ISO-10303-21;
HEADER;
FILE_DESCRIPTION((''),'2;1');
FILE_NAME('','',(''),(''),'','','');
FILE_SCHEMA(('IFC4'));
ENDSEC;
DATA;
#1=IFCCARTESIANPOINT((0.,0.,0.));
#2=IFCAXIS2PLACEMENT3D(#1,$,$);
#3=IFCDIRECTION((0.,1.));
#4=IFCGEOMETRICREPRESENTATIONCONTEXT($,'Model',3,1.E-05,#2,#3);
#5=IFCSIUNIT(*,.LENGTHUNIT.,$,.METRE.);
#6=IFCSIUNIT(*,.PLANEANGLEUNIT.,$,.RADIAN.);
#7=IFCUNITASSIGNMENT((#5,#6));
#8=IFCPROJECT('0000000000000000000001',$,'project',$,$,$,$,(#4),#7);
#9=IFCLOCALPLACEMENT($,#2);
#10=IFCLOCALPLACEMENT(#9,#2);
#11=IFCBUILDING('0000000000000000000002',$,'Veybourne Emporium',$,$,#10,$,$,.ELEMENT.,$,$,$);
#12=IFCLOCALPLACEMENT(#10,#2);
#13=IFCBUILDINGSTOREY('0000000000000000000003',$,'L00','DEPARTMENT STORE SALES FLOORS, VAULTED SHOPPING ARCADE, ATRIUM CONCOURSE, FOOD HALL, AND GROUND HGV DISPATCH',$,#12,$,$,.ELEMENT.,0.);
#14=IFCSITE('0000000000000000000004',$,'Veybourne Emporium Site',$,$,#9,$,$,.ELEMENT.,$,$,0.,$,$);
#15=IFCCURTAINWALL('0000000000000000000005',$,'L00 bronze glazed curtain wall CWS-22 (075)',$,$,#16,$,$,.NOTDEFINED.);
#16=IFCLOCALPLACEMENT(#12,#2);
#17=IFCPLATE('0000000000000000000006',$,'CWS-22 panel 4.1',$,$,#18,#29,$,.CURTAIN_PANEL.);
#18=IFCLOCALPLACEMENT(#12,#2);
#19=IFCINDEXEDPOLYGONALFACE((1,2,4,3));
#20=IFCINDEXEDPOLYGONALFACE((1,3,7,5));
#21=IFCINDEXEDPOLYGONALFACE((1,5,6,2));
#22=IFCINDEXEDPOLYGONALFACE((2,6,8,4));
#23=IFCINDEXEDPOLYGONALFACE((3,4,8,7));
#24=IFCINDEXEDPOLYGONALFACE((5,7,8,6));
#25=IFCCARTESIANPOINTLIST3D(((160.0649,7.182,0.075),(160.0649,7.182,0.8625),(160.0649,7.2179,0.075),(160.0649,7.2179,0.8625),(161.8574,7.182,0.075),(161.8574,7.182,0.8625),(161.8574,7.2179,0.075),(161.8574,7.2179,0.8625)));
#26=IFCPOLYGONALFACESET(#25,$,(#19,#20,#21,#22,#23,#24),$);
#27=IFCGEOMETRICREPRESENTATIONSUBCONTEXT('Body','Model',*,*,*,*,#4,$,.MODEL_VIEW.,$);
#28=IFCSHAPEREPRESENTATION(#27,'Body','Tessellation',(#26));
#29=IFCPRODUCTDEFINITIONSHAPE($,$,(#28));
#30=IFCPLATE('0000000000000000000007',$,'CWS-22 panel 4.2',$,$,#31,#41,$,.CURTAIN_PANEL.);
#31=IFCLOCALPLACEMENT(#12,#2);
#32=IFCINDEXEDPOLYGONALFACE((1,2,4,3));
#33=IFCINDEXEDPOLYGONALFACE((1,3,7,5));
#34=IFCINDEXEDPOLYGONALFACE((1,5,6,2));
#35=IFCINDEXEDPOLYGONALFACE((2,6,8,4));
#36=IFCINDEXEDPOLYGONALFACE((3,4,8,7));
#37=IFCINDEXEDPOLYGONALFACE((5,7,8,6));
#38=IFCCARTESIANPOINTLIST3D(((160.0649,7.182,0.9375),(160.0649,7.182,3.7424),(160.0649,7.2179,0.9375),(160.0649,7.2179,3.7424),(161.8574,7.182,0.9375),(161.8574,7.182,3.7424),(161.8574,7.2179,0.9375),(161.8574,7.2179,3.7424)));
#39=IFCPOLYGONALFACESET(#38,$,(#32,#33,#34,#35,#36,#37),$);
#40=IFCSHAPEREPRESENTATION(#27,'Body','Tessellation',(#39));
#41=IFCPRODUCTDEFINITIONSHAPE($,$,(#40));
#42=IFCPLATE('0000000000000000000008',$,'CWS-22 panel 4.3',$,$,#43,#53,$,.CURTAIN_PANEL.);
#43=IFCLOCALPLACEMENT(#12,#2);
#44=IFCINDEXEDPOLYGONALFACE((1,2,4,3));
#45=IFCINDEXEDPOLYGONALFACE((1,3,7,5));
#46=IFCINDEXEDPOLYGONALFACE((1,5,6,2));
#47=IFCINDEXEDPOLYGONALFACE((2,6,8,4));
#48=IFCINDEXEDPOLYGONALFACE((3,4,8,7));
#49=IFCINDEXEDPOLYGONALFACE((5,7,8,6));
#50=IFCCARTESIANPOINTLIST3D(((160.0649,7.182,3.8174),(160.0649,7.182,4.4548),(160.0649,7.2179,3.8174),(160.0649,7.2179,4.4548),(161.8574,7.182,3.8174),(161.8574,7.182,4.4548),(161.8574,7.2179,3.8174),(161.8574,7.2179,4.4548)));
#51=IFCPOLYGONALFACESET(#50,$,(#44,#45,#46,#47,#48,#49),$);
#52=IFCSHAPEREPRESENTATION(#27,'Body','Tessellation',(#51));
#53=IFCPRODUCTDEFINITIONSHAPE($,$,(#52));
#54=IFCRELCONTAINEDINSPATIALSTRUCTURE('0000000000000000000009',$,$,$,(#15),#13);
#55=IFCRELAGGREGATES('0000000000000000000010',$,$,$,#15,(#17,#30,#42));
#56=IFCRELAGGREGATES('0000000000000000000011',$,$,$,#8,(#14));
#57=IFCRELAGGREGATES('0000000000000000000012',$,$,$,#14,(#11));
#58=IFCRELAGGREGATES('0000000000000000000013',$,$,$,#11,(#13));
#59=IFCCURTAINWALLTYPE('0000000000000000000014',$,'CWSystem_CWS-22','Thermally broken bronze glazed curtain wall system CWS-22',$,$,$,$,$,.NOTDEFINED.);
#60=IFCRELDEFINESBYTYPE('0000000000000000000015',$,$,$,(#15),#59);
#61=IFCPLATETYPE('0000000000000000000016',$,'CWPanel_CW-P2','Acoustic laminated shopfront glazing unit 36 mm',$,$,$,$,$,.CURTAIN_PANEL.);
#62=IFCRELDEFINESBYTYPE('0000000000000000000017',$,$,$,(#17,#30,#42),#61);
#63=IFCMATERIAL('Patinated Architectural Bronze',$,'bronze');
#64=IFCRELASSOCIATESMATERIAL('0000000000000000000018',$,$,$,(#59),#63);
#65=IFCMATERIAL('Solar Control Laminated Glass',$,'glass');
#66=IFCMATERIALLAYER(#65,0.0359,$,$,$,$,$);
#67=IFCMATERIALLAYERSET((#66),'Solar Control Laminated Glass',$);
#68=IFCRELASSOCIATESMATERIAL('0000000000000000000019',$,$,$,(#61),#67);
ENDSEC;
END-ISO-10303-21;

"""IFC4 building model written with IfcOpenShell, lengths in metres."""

from ifc_helpers import new_model, si_unit, direction, frame, origin, origin_2d, place, context, subcontext, project, spatial, rectangle, extrude, material, layer, layer_set, type_object, element, aggregate, save


model = new_model("IFC4")

# Units and contexts
model_context = context("Model", 3, precision=1e-05, world=origin(), true_north=direction((0.0, 1.0)))
body_context = subcontext(model_context, "Body", "Model", "MODEL_VIEW")
ifc_project = project(units=[si_unit("LENGTHUNIT", "METRE"), si_unit("PLANEANGLEUNIT", "RADIAN")], contexts=[model_context])

# Site, building, storey
site_placement = place(None, origin())
site = spatial("IfcSite", under=ifc_project, at=site_placement, Name="Veybourne Emporium Site", CompositionType="ELEMENT", RefElevation=0.0)
building_placement = place(site_placement, origin())
building = spatial("IfcBuilding", under=site, at=building_placement, Name="Veybourne Emporium", CompositionType="ELEMENT")
storey_placement = place(building_placement, origin())
storey = spatial("IfcBuildingStorey", under=building, at=storey_placement, Name="L00", Description="DEPARTMENT STORE SALES FLOORS, VAULTED SHOPPING ARCADE, ATRIUM CONCOURSE, FOOD HALL, AND GROUND HGV DISPATCH", CompositionType="ELEMENT", Elevation=0.0)

# Curtain wall
ifc_material_1 = material(Name="Patinated Architectural Bronze", Category="bronze")
curtain_wall_type_1 = type_object("IfcCurtainWallType", Name="CWSystem_CWS-22", Description="Thermally broken bronze glazed curtain wall system CWS-22", PredefinedType="NOTDEFINED", material=ifc_material_1)
curtain_wall_1_placement = place(storey_placement, origin())
curtain_wall_1 = element("IfcCurtainWall", 1, at=curtain_wall_1_placement, inside=storey, type_object=curtain_wall_type_1, Name="L00 bronze glazed curtain wall CWS-22 (075)", PredefinedType="NOTDEFINED")

# Plates
ifc_material_2 = material(Name="Solar Control Laminated Glass", Category="glass")
ifc_layer = layer(ifc_material_2, 0.0359)
ifc_layer_set = layer_set([ifc_layer], Name="Solar Control Laminated Glass")
plate_type = type_object("IfcPlateType", Name="CWPanel_CW-P2", Description="Acoustic laminated shopfront glazing unit 36 mm", PredefinedType="CURTAIN_PANEL", material=ifc_layer_set)
plate_1_placement = place(storey_placement, frame((160.9612, 7.2, 0.075), z_axis=(0.0, 0.0, 1.0), x_axis=(-1.0, 0.0, 0.0)))
plate_1 = element("IfcPlate", 2, at=plate_1_placement, type_object=plate_type, Name="CWS-22 panel 4.1", PredefinedType="CURTAIN_PANEL", context=body_context, shape_type="SweptSolid", body=[
    extrude(rectangle(XDim=1.7925, YDim=0.0359, at=origin_2d()), origin(), (0.0, 0.0, 1.0), 0.7876),
])
plate_2_placement = place(storey_placement, frame((160.9612, 7.2, 0.9375), z_axis=(0.0, 0.0, 1.0), x_axis=(-1.0, 0.0, 0.0)))
plate_2 = element("IfcPlate", 3, at=plate_2_placement, type_object=plate_type, Name="CWS-22 panel 4.2", PredefinedType="CURTAIN_PANEL", context=body_context, shape_type="SweptSolid", body=[
    extrude(rectangle(XDim=1.7925, YDim=0.0359, at=origin_2d()), origin(), (0.0, 0.0, 1.0), 2.8049),
])
plate_3_placement = place(storey_placement, frame((160.9612, 7.2, 3.8174), z_axis=(0.0, 0.0, 1.0), x_axis=(-1.0, 0.0, 0.0)))
plate_3 = element("IfcPlate", 4, at=plate_3_placement, type_object=plate_type, Name="CWS-22 panel 4.3", PredefinedType="CURTAIN_PANEL", context=body_context, shape_type="SweptSolid", body=[
    extrude(rectangle(XDim=1.7925, YDim=0.0359, at=origin_2d()), origin(), (0.0, 0.0, 1.0), 0.6375),
])
aggregate(curtain_wall_1, [plate_1, plate_2, plate_3])

save(model, "model.ifc")
